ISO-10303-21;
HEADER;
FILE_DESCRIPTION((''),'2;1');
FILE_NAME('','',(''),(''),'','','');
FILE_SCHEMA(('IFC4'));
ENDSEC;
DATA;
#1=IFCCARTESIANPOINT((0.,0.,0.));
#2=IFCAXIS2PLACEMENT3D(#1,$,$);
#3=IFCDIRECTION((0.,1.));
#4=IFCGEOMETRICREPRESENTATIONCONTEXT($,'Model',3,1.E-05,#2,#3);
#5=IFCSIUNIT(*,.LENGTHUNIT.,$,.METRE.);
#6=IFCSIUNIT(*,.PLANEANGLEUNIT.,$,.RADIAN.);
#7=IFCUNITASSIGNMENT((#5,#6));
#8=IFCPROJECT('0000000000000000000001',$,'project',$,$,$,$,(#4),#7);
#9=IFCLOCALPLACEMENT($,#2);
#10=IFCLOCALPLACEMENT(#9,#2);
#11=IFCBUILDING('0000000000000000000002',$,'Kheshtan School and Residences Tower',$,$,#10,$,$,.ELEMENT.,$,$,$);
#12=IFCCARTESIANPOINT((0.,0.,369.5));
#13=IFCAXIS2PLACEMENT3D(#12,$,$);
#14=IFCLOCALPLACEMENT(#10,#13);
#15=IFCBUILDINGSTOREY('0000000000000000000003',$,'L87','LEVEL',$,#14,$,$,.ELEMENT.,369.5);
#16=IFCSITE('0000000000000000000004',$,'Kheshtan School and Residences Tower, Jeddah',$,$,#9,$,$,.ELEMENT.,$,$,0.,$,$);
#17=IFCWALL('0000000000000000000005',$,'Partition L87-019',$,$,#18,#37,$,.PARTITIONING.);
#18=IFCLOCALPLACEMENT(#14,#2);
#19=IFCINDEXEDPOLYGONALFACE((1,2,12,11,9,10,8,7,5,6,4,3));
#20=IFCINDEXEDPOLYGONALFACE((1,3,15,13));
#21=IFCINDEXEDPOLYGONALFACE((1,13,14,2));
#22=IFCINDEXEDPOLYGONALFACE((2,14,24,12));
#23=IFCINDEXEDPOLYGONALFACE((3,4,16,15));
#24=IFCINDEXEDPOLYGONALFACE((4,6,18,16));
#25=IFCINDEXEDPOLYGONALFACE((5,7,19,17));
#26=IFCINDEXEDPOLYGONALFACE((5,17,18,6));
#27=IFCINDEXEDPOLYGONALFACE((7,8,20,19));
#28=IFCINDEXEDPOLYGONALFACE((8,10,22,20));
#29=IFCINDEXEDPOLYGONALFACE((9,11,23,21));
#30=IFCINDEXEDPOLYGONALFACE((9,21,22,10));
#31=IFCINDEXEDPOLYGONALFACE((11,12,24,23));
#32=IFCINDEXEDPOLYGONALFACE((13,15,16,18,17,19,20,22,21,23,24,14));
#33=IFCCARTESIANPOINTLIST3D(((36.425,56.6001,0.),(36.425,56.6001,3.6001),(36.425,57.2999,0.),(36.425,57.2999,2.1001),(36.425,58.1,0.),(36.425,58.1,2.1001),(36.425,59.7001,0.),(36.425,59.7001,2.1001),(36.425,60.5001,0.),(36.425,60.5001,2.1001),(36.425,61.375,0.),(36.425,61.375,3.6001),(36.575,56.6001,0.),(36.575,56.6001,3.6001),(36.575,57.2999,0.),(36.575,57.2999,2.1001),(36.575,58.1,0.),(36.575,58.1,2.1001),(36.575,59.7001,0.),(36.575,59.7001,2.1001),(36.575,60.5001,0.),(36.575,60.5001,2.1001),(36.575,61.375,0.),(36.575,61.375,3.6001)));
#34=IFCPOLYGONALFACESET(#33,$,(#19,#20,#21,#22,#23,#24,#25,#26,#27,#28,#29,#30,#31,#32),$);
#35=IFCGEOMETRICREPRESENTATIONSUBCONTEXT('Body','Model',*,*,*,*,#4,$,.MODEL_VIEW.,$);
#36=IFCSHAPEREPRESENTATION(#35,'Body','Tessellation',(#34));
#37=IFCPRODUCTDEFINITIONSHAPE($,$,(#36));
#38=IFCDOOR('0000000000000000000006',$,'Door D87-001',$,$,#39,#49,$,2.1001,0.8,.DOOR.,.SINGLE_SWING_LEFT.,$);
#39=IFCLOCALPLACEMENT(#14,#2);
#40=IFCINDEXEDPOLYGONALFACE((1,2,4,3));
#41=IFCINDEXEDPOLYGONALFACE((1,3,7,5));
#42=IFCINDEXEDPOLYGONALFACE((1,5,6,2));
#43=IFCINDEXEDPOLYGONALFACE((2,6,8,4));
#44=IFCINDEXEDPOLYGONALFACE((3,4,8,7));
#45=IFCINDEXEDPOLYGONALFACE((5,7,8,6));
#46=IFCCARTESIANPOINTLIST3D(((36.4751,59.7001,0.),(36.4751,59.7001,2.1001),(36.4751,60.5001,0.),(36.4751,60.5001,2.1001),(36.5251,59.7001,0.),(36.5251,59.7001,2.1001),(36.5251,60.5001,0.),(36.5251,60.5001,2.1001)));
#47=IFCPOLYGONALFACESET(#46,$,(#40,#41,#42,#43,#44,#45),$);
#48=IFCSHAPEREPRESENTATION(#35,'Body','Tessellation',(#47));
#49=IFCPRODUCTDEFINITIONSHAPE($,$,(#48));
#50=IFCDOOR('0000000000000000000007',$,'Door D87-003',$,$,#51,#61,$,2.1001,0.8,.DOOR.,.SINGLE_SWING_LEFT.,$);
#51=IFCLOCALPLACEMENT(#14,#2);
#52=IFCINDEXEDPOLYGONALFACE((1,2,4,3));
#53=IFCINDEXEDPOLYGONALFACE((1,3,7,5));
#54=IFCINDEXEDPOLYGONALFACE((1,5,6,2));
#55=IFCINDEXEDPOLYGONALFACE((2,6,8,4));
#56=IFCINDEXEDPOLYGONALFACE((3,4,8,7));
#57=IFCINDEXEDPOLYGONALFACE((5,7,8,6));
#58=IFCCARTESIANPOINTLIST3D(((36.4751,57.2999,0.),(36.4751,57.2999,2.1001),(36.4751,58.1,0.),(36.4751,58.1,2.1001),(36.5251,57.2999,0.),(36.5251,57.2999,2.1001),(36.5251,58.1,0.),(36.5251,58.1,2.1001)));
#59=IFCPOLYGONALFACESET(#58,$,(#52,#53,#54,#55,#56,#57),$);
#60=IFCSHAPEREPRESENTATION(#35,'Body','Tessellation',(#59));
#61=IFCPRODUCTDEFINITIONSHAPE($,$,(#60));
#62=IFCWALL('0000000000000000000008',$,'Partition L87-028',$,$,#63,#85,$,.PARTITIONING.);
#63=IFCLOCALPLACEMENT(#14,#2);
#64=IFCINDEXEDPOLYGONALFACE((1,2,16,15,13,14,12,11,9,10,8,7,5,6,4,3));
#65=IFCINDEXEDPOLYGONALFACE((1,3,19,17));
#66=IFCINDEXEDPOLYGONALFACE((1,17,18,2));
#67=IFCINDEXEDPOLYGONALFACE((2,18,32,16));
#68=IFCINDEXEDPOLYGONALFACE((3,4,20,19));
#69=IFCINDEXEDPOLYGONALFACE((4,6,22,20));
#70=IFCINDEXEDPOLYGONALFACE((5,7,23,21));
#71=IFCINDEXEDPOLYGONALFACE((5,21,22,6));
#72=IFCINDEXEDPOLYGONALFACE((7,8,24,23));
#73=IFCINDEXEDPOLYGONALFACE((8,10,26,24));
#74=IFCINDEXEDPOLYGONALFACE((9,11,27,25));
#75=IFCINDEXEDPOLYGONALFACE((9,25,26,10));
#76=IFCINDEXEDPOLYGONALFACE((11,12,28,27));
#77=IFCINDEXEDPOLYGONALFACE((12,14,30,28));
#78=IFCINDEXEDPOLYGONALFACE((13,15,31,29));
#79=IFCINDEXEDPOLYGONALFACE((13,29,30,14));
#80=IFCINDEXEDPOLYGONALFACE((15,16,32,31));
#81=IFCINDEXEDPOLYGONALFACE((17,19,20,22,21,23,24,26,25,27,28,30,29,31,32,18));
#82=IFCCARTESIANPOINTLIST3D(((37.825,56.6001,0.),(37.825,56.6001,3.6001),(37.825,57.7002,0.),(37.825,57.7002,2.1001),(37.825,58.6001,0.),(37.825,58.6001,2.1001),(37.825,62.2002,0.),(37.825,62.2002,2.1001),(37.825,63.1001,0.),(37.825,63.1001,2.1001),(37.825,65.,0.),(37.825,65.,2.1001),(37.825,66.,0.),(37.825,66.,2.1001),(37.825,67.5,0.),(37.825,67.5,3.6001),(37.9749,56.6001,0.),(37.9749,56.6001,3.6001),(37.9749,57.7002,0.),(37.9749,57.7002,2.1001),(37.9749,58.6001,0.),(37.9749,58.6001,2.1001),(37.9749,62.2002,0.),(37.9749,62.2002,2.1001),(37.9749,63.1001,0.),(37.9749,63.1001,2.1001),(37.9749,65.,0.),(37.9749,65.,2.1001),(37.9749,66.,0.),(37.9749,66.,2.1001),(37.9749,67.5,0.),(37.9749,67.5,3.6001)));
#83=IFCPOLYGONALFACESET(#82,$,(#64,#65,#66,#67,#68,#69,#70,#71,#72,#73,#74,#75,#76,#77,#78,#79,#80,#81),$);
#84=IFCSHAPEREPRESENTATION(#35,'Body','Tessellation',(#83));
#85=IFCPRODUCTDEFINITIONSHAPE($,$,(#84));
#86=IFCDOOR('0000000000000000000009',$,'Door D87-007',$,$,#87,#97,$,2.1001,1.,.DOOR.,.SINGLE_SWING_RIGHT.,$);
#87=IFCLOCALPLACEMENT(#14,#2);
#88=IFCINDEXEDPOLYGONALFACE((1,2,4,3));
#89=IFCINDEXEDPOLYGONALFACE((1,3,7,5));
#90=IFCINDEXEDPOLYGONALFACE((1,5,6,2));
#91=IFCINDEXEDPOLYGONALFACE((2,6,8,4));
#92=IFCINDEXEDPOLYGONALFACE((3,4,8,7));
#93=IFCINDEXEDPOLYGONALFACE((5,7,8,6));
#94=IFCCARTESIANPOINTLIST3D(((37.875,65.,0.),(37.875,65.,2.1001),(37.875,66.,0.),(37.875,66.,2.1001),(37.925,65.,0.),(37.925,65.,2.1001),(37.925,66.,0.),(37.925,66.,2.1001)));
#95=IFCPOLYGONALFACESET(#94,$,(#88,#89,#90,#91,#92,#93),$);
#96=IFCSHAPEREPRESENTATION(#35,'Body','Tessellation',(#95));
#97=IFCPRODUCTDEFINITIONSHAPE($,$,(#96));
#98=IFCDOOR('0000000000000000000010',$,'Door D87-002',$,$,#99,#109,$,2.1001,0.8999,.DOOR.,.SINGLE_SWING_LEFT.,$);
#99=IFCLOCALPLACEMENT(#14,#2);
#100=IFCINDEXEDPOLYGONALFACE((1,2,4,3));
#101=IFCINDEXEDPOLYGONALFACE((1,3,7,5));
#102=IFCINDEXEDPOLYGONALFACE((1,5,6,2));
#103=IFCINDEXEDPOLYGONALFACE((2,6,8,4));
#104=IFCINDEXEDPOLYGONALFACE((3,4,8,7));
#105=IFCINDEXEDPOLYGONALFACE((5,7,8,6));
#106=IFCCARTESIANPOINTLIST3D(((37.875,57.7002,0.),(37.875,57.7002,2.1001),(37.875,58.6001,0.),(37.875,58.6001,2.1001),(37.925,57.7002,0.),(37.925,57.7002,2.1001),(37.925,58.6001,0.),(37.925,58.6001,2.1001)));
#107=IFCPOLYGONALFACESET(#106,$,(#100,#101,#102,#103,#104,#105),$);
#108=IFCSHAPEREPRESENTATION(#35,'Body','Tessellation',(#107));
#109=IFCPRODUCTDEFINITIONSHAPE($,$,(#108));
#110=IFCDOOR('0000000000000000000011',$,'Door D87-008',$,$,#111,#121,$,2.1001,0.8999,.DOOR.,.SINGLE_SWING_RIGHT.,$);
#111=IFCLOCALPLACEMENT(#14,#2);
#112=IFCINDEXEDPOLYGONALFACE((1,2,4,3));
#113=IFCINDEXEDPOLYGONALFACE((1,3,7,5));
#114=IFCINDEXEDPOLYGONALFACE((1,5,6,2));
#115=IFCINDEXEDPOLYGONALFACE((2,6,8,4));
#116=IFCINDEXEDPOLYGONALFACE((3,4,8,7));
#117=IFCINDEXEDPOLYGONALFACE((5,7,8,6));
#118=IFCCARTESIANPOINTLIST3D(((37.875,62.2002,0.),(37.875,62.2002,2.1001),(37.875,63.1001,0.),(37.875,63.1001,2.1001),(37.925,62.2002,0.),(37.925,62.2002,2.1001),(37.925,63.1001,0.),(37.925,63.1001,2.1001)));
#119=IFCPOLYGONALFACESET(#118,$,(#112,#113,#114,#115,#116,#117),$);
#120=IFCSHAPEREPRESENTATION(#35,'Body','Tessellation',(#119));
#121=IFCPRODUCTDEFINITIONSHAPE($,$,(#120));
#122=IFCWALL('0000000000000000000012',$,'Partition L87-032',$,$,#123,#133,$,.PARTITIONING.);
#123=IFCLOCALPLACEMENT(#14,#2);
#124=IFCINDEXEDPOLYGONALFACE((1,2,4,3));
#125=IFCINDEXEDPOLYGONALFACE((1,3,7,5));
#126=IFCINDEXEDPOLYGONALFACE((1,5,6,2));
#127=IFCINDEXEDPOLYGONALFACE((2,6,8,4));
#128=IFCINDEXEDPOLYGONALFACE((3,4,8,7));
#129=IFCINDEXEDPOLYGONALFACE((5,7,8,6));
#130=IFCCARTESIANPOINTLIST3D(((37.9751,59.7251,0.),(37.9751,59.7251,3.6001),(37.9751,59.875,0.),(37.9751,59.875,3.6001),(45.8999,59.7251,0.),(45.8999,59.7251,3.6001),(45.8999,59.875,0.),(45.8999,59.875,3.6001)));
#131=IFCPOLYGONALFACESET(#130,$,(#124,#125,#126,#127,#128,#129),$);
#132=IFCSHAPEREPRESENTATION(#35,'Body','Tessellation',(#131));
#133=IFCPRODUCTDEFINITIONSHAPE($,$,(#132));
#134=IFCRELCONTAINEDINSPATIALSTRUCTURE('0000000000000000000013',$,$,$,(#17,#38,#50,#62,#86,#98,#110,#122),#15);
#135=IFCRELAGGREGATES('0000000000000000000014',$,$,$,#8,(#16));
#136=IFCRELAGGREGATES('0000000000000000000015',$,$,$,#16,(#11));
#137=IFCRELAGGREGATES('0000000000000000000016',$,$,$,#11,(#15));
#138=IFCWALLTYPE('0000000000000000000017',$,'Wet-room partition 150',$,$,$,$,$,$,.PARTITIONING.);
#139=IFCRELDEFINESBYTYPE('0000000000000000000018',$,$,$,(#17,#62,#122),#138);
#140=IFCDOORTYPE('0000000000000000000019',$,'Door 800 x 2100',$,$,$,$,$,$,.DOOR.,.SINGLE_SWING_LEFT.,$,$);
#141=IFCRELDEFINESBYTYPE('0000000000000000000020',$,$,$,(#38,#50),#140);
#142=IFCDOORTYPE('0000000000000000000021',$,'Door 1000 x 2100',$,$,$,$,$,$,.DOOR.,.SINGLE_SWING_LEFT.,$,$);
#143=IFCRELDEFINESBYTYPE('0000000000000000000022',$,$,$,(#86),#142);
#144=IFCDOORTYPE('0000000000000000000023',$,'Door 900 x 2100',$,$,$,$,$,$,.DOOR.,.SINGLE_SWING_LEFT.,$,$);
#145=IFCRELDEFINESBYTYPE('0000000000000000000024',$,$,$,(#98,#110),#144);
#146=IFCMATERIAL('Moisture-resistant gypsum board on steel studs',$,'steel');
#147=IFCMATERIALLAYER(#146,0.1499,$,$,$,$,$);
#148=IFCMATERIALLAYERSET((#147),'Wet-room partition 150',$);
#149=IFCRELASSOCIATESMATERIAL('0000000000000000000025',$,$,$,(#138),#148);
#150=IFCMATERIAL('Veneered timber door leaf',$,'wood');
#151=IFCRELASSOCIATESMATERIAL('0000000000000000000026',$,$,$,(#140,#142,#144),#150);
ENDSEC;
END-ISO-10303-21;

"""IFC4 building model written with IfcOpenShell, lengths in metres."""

from ifc_helpers import new_model, si_unit, direction, frame, frame_2d, origin, place, context, subcontext, project, spatial, rectangle, extrude, source, transform, mapped, material, layer, layer_set, type_object, element, fill, save


model = new_model("IFC4")

# Units and contexts
model_context = context("Model", 3, precision=1e-05, world=origin(), true_north=direction((0.0, 1.0)))
body_context = subcontext(model_context, "Body", "Model", "MODEL_VIEW")
ifc_project = project(units=[si_unit("LENGTHUNIT", "METRE"), si_unit("PLANEANGLEUNIT", "RADIAN")], contexts=[model_context])

# Site, building, storey
site_placement = place(None, origin())
site = spatial("IfcSite", under=ifc_project, at=site_placement, Name="Kheshtan School and Residences Tower, Jeddah", CompositionType="ELEMENT", RefElevation=0.0)
building_placement = place(site_placement, origin())
building = spatial("IfcBuilding", under=site, at=building_placement, Name="Kheshtan School and Residences Tower", CompositionType="ELEMENT")
storey_placement = place(building_placement, frame((0.0, 0.0, 369.5)))
storey = spatial("IfcBuildingStorey", under=building, at=storey_placement, Name="L87", Description="LEVEL", CompositionType="ELEMENT", Elevation=369.5)

# Shared definitions
ifc_material_1 = material(Name="Moisture-resistant gypsum board on steel studs", Category="steel")
ifc_layer_1 = layer(ifc_material_1, 0.1499)
ifc_layer_set_1 = layer_set([ifc_layer_1], Name="Wet-room partition 150")
wall_type_1 = type_object("IfcWallType", Name="Wet-room partition 150", PredefinedType="PARTITIONING", material=ifc_layer_set_1)

# Walls, openings, doors
wall_1_placement = place(storey_placement, frame((36.5, 56.6001, 0.0), z_axis=(0.0, 0.0, 1.0), x_axis=(0.0, 1.0, 0.0)))
wall_1 = element("IfcWall", 1, at=wall_1_placement, inside=storey, type_object=wall_type_1, Name="Partition L87-019", PredefinedType="PARTITIONING", context=body_context, shape_type="SweptSolid", body=[
    extrude(rectangle(XDim=4.7749, YDim=0.1499, at=frame_2d((2.3875, 0.0))), origin(), (0.0, 0.0, 1.0), 3.6001),
])
opening_1_placement = place(wall_1_placement, frame((3.1001, 0.0, 0.0)))
opening_1 = element("IfcOpeningElement", 2, at=opening_1_placement, cuts=wall_1, PredefinedType="OPENING", context=body_context, shape_type="SweptSolid", body=[
    extrude(rectangle(XDim=0.8, YDim=2.1001, at=frame_2d((0.3999, 1.05))), frame((0.0, 0.085, 0.0), z_axis=(0.0, -1.0, 0.0), x_axis=(1.0, 0.0, 0.0)), (0.0, 0.0, 1.0), 0.1699),
])
opening_2_placement = place(wall_1_placement, frame((0.7, 0.0, 0.0)))
opening_2 = element("IfcOpeningElement", 3, at=opening_2_placement, cuts=wall_1, PredefinedType="OPENING", context=body_context, shape_type="SweptSolid", body=[
    extrude(rectangle(XDim=0.8, YDim=2.1001, at=frame_2d((0.3999, 1.05))), frame((0.0, 0.085, 0.0), z_axis=(0.0, -1.0, 0.0), x_axis=(1.0, 0.0, 0.0)), (0.0, 0.0, 1.0), 0.1699),
])
ifc_material_2 = material(Name="Veneered timber door leaf", Category="wood")
door_type_1 = type_object("IfcDoorType", Name="Door 800 x 2100", OperationType="SINGLE_SWING_LEFT", PredefinedType="DOOR", material=ifc_material_2)
shared_shape_1 = source(origin(), body_context, "Body", "SweptSolid", [
    extrude(rectangle(XDim=0.8, YDim=2.1001, at=frame_2d((0.3999, 1.05))), frame((0.0, 0.0249, 0.0), z_axis=(0.0, -1.0, 0.0), x_axis=(1.0, 0.0, 0.0)), (0.0, 0.0, 1.0), 0.05),
])
door_1_placement = place(opening_1_placement, origin())
door_1 = element("IfcDoor", 4, at=door_1_placement, inside=storey, type_object=door_type_1, Name="Door D87-001", OperationType="SINGLE_SWING_LEFT", OverallHeight=2.1001, OverallWidth=0.8, PredefinedType="DOOR", context=body_context, shape_type="MappedRepresentation", body=[
    mapped(shared_shape_1, transform((0.0, 0.0, 0.0), x_axis=(1.0, 0.0, 0.0), y_axis=(0.0, 1.0, 0.0), z_axis=(0.0, 0.0, 1.0), scale=1.0)),
])
fill(opening_1, door_1)
door_2_placement = place(opening_2_placement, origin())
door_2 = element("IfcDoor", 5, at=door_2_placement, inside=storey, type_object=door_type_1, Name="Door D87-003", OperationType="SINGLE_SWING_LEFT", OverallHeight=2.1001, OverallWidth=0.8, PredefinedType="DOOR", context=body_context, shape_type="MappedRepresentation", body=[
    mapped(shared_shape_1, transform((0.0, 0.0, 0.0), x_axis=(1.0, 0.0, 0.0), y_axis=(0.0, 1.0, 0.0), z_axis=(0.0, 0.0, 1.0), scale=1.0)),
])
fill(opening_2, door_2)
wall_2_placement = place(storey_placement, frame((37.8999, 56.6001, 0.0), z_axis=(0.0, 0.0, 1.0), x_axis=(0.0, 1.0, 0.0)))
wall_2 = element("IfcWall", 6, at=wall_2_placement, inside=storey, type_object=wall_type_1, Name="Partition L87-028", PredefinedType="PARTITIONING", context=body_context, shape_type="SweptSolid", body=[
    extrude(rectangle(XDim=10.8999, YDim=0.1499, at=frame_2d((5.45, 0.0))), origin(), (0.0, 0.0, 1.0), 3.6001),
])
opening_3_placement = place(wall_2_placement, frame((1.1001, 0.0, 0.0)))
opening_3 = element("IfcOpeningElement", 7, at=opening_3_placement, cuts=wall_2, PredefinedType="OPENING", context=body_context, shape_type="SweptSolid", body=[
    extrude(rectangle(XDim=0.8999, YDim=2.1001, at=frame_2d((0.45, 1.05))), frame((0.0, 0.085, 0.0), z_axis=(0.0, -1.0, 0.0), x_axis=(1.0, 0.0, 0.0)), (0.0, 0.0, 1.0), 0.1699),
])
opening_4_placement = place(wall_2_placement, frame((8.3999, 0.0, 0.0)))
opening_4 = element("IfcOpeningElement", 8, at=opening_4_placement, cuts=wall_2, PredefinedType="OPENING", context=body_context, shape_type="SweptSolid", body=[
    extrude(rectangle(XDim=1.0, YDim=2.1001, at=frame_2d((0.5, 1.05))), frame((0.0, 0.085, 0.0), z_axis=(0.0, -1.0, 0.0), x_axis=(1.0, 0.0, 0.0)), (0.0, 0.0, 1.0), 0.1699),
])
opening_5_placement = place(wall_2_placement, frame((5.6001, 0.0, 0.0)))
opening_5 = element("IfcOpeningElement", 9, at=opening_5_placement, cuts=wall_2, PredefinedType="OPENING", context=body_context, shape_type="SweptSolid", body=[
    extrude(rectangle(XDim=0.8999, YDim=2.1001, at=frame_2d((0.45, 1.05))), frame((0.0, 0.085, 0.0), z_axis=(0.0, -1.0, 0.0), x_axis=(1.0, 0.0, 0.0)), (0.0, 0.0, 1.0), 0.1699),
])
door_type_2 = type_object("IfcDoorType", Name="Door 1000 x 2100", OperationType="SINGLE_SWING_LEFT", PredefinedType="DOOR", material=ifc_material_2)
shared_shape_2 = source(origin(), body_context, "Body", "SweptSolid", [
    extrude(rectangle(XDim=1.0, YDim=2.1001, at=frame_2d((0.5, 1.05))), frame((0.0, 0.0249, 0.0), z_axis=(0.0, -1.0, 0.0), x_axis=(1.0, 0.0, 0.0)), (0.0, 0.0, 1.0), 0.05),
])
door_3_placement = place(opening_4_placement, origin())
door_3 = element("IfcDoor", 10, at=door_3_placement, inside=storey, type_object=door_type_2, Name="Door D87-007", OperationType="SINGLE_SWING_RIGHT", OverallHeight=2.1001, OverallWidth=1.0, PredefinedType="DOOR", context=body_context, shape_type="MappedRepresentation", body=[
    mapped(shared_shape_2, transform((0.0, 0.0, 0.0), x_axis=(1.0, 0.0, 0.0), y_axis=(0.0, 1.0, 0.0), z_axis=(0.0, 0.0, 1.0), scale=1.0)),
])
fill(opening_4, door_3)
door_type_3 = type_object("IfcDoorType", Name="Door 900 x 2100", OperationType="SINGLE_SWING_LEFT", PredefinedType="DOOR", material=ifc_material_2)
shared_shape_3 = source(origin(), body_context, "Body", "SweptSolid", [
    extrude(rectangle(XDim=0.8999, YDim=2.1001, at=frame_2d((0.45, 1.05))), frame((0.0, 0.0249, 0.0), z_axis=(0.0, -1.0, 0.0), x_axis=(1.0, 0.0, 0.0)), (0.0, 0.0, 1.0), 0.05),
])
door_4_placement = place(opening_3_placement, origin())
door_4 = element("IfcDoor", 11, at=door_4_placement, inside=storey, type_object=door_type_3, Name="Door D87-002", OperationType="SINGLE_SWING_LEFT", OverallHeight=2.1001, OverallWidth=0.8999, PredefinedType="DOOR", context=body_context, shape_type="MappedRepresentation", body=[
    mapped(shared_shape_3, transform((0.0, 0.0, 0.0), x_axis=(1.0, 0.0, 0.0), y_axis=(0.0, 1.0, 0.0), z_axis=(0.0, 0.0, 1.0), scale=1.0)),
])
fill(opening_3, door_4)
door_5_placement = place(opening_5_placement, origin())
door_5 = element("IfcDoor", 12, at=door_5_placement, inside=storey, type_object=door_type_3, Name="Door D87-008", OperationType="SINGLE_SWING_RIGHT", OverallHeight=2.1001, OverallWidth=0.8999, PredefinedType="DOOR", context=body_context, shape_type="MappedRepresentation", body=[
    mapped(shared_shape_3, transform((0.0, 0.0, 0.0), x_axis=(1.0, 0.0, 0.0), y_axis=(0.0, 1.0, 0.0), z_axis=(0.0, 0.0, 1.0), scale=1.0)),
])
fill(opening_5, door_5)

# Wall
wall_3_placement = place(storey_placement, frame((37.9751, 59.8, 0.0), z_axis=(0.0, 0.0, 1.0), x_axis=(1.0, 0.0, 0.0)))
element("IfcWall", 13, at=wall_3_placement, inside=storey, type_object=wall_type_1, Name="Partition L87-032", PredefinedType="PARTITIONING", context=body_context, shape_type="SweptSolid", body=[
    extrude(rectangle(XDim=7.9248, YDim=0.1499, at=frame_2d((3.9624, 0.0))), origin(), (0.0, 0.0, 1.0), 3.6001),
])

save(model, "model.ifc")
